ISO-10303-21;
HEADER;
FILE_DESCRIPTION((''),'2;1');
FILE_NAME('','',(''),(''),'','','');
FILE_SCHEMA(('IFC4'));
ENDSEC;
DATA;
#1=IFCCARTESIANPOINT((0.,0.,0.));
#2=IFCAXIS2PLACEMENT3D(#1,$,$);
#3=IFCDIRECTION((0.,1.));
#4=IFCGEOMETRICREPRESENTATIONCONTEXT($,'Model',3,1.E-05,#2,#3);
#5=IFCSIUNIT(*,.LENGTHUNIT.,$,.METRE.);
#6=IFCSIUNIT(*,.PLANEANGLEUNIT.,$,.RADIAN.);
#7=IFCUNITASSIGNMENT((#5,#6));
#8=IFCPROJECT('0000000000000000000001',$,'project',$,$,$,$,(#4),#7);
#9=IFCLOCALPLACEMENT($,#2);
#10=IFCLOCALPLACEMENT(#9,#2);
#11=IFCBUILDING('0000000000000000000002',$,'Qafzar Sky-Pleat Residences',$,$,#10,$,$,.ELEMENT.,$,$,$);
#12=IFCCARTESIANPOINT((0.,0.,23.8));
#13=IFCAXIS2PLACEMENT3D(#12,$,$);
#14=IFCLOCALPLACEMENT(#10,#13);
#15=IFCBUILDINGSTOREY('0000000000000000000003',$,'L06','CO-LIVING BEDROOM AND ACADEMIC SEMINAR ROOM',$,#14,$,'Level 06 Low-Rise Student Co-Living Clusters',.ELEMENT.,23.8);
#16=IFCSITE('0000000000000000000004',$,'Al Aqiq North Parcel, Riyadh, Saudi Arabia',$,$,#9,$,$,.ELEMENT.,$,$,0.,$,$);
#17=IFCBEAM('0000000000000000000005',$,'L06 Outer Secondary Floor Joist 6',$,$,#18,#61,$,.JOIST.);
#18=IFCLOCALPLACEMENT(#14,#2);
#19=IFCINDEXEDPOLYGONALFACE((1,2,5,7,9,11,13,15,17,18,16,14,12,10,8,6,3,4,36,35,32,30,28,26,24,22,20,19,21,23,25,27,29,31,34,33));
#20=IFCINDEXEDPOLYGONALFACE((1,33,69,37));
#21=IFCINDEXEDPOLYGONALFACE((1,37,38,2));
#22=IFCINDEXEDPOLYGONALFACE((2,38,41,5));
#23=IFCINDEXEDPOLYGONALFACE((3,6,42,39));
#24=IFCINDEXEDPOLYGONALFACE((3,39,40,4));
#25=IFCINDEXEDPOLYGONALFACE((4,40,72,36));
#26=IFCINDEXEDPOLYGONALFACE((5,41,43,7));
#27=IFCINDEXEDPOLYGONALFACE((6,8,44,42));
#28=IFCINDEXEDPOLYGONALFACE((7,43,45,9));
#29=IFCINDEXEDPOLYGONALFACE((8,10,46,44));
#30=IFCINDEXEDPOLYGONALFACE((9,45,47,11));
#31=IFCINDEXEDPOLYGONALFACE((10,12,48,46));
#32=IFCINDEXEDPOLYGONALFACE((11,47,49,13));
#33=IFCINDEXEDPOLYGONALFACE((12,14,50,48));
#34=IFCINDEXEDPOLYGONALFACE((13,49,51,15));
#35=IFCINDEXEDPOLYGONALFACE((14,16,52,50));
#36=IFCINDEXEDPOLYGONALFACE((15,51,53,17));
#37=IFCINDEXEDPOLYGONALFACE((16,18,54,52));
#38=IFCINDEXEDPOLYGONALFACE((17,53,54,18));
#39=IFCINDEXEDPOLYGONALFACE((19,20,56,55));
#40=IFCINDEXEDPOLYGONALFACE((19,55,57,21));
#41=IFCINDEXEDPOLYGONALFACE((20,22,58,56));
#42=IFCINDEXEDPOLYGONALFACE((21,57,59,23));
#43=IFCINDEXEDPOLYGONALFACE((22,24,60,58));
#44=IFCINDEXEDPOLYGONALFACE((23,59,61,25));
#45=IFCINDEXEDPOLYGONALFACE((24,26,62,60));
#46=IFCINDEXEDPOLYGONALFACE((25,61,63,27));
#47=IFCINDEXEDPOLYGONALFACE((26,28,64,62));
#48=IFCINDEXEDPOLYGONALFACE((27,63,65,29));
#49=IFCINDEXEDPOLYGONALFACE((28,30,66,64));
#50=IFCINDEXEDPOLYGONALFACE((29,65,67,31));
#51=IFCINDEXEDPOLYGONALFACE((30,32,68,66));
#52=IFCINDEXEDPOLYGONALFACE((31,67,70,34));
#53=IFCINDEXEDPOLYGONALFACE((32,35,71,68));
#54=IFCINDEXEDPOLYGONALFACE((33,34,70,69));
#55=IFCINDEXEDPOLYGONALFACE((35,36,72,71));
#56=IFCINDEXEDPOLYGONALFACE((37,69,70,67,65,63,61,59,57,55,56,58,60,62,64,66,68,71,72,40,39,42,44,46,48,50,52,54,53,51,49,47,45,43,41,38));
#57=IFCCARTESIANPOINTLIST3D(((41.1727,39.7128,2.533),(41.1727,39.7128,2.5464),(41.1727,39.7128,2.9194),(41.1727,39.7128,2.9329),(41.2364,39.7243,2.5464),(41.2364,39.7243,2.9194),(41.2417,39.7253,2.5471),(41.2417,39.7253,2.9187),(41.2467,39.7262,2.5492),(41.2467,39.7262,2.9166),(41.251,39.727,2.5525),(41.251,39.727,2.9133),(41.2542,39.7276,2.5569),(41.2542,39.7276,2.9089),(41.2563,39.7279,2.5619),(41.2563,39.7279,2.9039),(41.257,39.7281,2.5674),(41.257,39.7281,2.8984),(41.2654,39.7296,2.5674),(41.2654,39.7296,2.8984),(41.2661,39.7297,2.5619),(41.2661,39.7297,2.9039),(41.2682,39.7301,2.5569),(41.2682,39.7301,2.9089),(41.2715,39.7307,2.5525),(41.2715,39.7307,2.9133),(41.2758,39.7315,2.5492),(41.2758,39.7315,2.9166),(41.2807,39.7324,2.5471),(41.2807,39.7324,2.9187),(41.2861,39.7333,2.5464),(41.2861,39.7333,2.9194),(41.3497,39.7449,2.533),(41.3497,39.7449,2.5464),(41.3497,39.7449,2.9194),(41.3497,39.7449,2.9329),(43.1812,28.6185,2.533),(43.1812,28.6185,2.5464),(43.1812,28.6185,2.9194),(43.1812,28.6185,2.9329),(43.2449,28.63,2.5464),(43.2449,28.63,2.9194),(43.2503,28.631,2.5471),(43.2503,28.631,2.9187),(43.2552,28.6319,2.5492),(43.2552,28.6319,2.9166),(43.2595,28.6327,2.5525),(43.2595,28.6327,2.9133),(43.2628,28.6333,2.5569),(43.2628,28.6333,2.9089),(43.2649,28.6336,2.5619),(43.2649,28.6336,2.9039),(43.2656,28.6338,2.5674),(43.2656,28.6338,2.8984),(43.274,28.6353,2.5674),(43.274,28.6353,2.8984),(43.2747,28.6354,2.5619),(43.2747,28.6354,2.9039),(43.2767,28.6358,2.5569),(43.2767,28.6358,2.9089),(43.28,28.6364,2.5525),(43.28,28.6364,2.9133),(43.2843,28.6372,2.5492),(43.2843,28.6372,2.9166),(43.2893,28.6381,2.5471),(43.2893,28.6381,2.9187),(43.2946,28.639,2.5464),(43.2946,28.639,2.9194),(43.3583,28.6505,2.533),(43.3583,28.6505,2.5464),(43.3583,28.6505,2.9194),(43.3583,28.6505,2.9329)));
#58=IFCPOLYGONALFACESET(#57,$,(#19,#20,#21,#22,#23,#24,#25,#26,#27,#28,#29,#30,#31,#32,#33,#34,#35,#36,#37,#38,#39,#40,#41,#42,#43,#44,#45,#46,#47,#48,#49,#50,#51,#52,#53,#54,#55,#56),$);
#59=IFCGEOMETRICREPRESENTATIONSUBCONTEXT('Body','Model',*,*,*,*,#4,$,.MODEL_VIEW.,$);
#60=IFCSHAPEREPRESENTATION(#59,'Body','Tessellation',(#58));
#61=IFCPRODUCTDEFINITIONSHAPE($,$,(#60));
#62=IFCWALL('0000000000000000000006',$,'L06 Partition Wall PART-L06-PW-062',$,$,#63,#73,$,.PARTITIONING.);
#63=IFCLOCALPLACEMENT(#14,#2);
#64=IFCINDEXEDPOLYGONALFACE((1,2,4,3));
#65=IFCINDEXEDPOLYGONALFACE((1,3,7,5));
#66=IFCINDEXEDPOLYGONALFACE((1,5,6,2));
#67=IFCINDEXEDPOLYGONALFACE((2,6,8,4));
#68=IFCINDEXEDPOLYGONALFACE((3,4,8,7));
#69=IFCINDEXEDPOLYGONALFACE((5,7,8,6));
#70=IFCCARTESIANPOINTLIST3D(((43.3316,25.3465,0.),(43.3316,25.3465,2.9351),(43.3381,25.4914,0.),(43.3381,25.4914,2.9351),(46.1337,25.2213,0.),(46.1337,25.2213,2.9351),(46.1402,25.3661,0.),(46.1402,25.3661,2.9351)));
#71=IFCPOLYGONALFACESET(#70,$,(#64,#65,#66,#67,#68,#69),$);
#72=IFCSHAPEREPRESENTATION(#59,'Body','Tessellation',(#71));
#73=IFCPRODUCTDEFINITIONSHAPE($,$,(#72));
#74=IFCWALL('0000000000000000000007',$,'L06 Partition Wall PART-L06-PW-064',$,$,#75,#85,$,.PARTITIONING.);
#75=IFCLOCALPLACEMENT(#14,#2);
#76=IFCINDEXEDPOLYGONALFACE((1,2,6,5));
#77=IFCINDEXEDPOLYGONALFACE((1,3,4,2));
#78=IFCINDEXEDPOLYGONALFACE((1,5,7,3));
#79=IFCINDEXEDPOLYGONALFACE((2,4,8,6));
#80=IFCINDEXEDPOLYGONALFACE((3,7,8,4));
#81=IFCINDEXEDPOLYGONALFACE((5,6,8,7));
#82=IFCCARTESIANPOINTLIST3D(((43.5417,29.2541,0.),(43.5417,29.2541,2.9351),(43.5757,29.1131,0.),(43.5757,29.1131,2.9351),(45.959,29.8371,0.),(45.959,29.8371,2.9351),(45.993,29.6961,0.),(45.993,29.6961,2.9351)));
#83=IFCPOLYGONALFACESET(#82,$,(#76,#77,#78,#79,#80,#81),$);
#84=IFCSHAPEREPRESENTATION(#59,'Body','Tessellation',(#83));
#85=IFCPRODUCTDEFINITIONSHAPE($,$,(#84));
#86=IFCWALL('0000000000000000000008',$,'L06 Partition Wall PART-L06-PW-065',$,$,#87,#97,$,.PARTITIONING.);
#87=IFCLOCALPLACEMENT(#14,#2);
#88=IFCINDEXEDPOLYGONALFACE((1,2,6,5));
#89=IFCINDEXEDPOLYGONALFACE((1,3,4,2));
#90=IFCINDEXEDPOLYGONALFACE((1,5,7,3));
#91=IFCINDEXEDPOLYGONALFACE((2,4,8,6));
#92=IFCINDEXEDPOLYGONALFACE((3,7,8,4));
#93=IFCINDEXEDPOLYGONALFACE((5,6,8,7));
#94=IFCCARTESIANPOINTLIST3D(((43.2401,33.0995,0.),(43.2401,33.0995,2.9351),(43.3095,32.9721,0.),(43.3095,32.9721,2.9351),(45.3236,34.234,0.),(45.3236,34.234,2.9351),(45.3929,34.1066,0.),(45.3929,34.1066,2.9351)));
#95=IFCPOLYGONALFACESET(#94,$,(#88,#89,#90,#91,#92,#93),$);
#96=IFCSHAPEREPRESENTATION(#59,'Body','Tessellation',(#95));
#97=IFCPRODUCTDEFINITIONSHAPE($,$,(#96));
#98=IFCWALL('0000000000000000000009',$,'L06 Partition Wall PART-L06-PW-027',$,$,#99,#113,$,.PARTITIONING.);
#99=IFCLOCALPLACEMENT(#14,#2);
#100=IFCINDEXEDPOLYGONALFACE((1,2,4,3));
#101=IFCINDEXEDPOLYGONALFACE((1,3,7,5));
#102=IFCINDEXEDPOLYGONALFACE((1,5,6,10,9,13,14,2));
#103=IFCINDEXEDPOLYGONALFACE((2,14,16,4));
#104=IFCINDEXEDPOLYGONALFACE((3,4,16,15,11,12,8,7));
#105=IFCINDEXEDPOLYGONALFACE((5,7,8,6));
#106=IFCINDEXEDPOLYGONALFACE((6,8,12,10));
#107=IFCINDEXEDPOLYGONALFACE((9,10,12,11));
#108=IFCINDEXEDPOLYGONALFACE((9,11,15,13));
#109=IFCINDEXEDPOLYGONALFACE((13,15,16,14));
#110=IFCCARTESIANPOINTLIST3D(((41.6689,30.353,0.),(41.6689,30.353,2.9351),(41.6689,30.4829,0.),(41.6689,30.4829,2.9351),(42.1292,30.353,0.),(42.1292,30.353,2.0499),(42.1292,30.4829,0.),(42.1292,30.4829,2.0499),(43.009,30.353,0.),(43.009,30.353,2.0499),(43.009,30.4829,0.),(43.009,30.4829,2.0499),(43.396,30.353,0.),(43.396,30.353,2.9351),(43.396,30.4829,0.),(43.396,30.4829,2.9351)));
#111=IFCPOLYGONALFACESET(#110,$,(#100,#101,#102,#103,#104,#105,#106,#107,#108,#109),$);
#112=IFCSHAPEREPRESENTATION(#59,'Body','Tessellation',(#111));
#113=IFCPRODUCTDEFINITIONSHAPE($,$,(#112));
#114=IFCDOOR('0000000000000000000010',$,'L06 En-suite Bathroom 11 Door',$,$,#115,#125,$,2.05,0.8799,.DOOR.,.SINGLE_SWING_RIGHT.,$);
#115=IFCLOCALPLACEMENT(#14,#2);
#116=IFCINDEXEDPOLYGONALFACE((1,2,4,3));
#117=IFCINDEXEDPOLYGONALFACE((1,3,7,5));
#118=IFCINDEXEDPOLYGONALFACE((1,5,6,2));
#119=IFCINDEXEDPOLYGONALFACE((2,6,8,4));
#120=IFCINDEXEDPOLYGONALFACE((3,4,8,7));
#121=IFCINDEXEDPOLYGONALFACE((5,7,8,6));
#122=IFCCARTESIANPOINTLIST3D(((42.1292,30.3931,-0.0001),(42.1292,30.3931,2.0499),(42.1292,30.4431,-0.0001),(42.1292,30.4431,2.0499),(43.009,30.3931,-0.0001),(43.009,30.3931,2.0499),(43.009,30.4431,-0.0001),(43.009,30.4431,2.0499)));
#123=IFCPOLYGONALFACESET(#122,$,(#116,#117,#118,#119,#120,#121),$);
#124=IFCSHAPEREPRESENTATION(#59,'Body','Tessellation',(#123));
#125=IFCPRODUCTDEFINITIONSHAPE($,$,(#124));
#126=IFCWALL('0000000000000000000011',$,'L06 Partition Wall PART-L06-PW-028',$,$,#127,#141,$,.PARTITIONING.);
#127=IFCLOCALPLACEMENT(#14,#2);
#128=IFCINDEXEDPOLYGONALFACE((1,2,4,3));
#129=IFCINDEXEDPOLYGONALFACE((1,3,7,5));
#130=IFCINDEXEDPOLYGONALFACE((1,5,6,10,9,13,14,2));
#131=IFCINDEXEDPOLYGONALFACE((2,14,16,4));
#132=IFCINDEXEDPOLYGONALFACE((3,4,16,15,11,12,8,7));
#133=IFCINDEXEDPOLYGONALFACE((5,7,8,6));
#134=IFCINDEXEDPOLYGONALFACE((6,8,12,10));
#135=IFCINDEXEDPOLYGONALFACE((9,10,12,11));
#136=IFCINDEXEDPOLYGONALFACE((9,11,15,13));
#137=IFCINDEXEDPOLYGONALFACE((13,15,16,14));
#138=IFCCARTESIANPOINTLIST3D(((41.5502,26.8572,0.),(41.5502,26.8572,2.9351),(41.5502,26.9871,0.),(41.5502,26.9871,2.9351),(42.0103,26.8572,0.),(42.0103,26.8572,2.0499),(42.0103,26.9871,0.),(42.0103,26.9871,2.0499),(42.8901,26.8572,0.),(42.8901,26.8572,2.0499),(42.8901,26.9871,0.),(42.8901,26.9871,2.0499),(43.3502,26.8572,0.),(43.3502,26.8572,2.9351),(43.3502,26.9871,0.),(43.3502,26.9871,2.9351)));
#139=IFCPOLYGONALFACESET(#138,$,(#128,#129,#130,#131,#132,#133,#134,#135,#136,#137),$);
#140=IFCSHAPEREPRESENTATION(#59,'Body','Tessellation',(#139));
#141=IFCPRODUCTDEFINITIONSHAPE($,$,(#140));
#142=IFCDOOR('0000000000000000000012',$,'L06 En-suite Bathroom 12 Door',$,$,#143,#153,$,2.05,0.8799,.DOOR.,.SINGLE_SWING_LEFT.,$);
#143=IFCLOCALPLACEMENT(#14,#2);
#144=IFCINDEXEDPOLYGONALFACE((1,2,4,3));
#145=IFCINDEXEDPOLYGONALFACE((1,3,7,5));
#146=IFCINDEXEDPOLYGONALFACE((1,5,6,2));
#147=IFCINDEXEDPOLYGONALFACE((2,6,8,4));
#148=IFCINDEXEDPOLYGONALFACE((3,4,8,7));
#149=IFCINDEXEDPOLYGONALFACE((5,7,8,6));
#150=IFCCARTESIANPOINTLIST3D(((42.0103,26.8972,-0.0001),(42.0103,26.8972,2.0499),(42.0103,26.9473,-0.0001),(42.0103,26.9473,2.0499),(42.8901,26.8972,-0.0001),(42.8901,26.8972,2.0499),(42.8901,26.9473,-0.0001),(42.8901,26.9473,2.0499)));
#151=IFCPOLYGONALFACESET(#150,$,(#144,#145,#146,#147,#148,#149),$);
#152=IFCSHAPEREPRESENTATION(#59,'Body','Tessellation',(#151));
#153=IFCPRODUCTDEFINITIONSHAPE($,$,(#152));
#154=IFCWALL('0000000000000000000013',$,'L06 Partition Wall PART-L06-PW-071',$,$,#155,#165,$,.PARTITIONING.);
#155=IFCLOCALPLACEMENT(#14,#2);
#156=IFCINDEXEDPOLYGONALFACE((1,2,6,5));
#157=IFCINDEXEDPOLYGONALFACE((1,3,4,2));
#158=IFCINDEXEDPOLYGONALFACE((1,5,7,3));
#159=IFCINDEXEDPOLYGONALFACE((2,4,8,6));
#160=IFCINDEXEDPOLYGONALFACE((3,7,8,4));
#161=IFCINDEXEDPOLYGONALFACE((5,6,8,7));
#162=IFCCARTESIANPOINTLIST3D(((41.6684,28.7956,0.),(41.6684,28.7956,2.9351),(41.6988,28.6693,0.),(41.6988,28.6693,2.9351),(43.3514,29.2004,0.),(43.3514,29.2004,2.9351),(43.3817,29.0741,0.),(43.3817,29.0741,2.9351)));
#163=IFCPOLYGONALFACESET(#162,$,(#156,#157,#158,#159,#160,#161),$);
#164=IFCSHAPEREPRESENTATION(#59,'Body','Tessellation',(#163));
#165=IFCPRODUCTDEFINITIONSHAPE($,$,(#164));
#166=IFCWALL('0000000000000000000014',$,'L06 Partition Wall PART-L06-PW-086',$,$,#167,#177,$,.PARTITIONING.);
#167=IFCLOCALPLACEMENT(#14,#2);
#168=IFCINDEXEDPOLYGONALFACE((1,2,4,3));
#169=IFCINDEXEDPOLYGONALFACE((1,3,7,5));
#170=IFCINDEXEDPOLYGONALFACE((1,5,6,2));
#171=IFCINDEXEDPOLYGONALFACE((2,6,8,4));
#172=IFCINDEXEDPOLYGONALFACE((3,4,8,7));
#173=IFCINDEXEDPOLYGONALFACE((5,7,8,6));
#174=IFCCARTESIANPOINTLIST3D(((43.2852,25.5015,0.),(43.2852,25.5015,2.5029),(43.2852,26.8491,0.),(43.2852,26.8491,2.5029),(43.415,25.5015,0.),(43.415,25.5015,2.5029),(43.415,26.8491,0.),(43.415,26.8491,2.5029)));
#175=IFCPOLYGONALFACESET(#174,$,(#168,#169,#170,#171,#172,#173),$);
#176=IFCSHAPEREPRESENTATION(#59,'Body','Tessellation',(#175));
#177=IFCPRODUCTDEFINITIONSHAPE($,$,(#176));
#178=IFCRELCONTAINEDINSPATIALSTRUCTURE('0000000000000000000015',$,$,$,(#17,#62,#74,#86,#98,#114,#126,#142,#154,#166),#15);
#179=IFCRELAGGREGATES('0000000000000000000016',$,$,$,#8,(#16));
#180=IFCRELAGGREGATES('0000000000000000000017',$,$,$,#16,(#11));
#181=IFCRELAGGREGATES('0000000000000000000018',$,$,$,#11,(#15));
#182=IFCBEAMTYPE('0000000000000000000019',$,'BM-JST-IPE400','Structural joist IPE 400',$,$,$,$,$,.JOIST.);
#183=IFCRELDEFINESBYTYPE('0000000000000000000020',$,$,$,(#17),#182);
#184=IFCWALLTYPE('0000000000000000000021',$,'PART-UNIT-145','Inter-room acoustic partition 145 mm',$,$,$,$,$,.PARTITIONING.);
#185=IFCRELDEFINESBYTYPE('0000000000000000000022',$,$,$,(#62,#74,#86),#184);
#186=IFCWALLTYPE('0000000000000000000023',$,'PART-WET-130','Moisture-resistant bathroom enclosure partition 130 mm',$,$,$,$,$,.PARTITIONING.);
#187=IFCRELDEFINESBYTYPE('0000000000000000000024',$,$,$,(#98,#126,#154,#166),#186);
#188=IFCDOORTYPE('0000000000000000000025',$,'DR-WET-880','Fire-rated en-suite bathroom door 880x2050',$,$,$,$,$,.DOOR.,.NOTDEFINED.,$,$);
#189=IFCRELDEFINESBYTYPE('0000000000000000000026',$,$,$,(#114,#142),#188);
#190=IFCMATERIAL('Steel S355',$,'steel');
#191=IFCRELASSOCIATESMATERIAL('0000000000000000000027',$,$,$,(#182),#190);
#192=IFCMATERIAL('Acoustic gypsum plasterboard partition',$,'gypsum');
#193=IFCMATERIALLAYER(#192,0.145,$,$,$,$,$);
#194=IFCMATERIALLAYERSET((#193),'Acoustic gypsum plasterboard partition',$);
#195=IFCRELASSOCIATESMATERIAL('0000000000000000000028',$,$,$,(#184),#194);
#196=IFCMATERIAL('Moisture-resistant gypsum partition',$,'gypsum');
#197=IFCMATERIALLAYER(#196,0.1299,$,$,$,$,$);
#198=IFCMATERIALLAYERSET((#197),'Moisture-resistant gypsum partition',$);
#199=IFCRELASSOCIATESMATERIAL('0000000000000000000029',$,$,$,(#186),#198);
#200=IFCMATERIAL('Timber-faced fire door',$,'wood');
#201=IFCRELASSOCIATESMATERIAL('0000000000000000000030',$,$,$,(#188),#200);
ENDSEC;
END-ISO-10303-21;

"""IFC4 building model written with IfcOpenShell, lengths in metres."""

from ifc_helpers import new_model, si_unit, direction, frame, frame_2d, origin, origin_2d, place, context, subcontext, project, spatial, rectangle, i_section, extrude, source, transform, mapped, material, layer, layer_set, material_profile, profile_set, type_object, element, fill, save


model = new_model("IFC4")

# Units and contexts
model_context = context("Model", 3, precision=1e-05, world=origin(), true_north=direction((0.0, 1.0)))
body_context = subcontext(model_context, "Body", "Model", "MODEL_VIEW")
ifc_project = project(units=[si_unit("LENGTHUNIT", "METRE"), si_unit("PLANEANGLEUNIT", "RADIAN")], contexts=[model_context])

# Site, building, storey
site_placement = place(None, origin())
site = spatial("IfcSite", under=ifc_project, at=site_placement, Name="Al Aqiq North Parcel, Riyadh, Saudi Arabia", CompositionType="ELEMENT", RefElevation=0.0)
building_placement = place(site_placement, origin())
building = spatial("IfcBuilding", under=site, at=building_placement, Name="Qafzar Sky-Pleat Residences", CompositionType="ELEMENT")
storey_placement = place(building_placement, frame((0.0, 0.0, 23.8)))
storey = spatial("IfcBuildingStorey", under=building, at=storey_placement, Name="L06", Description="CO-LIVING BEDROOM AND ACADEMIC SEMINAR ROOM", LongName="Level 06 Low-Rise Student Co-Living Clusters", CompositionType="ELEMENT", Elevation=23.8)

# Beam
ifc_material_1 = material(Name="Steel S355", Category="steel")
ifc_material_profile_1 = material_profile(ifc_material_1, i_section(OverallWidth=0.1799, OverallDepth=0.3999, WebThickness=0.0085, FlangeThickness=0.0134, FilletRadius=0.021, at=origin_2d()), Name="IPE 400")
ifc_profile_set_1 = profile_set([ifc_material_profile_1], Name="Steel S355")
beam_type_1 = type_object("IfcBeamType", Name="BM-JST-IPE400", Description="Structural joist IPE 400", PredefinedType="JOIST", material=ifc_profile_set_1)
shared_shape_1 = source(origin(), body_context, "Body", "SweptSolid", [
    extrude(i_section(OverallWidth=0.1799, OverallDepth=0.3999, WebThickness=0.0085, FlangeThickness=0.0134, FilletRadius=0.021, at=origin_2d()), origin(), (0.0, 0.0, 1.0), 11.2747),
])
beam_1_placement = place(storey_placement, frame((43.2698, 28.6345, 2.7329), z_axis=(-0.178148, 0.984004, 0.0), x_axis=(-0.984004, -0.178148, 0.0)))
element("IfcBeam", 1, at=beam_1_placement, inside=storey, type_object=beam_type_1, Name="L06 Outer Secondary Floor Joist 6", PredefinedType="JOIST", context=body_context, shape_type="MappedRepresentation", body=[
    mapped(shared_shape_1, transform((0.0, 0.0, 0.0), x_axis=(1.0, 0.0, 0.0), y_axis=(0.0, 1.0, 0.0), z_axis=(0.0, 0.0, 1.0), scale=1.0)),
])

# Walls
ifc_material_2 = material(Name="Acoustic gypsum plasterboard partition", Category="gypsum")
ifc_layer_1 = layer(ifc_material_2, 0.145)
ifc_layer_set_1 = layer_set([ifc_layer_1], Name="Acoustic gypsum plasterboard partition")
wall_type_1 = type_object("IfcWallType", Name="PART-UNIT-145", Description="Inter-room acoustic partition 145 mm", PredefinedType="PARTITIONING", material=ifc_layer_set_1)
wall_1_placement = place(storey_placement, frame((43.335, 25.4189, 0.0), z_axis=(0.0, 0.0, 1.0), x_axis=(0.999003, -0.04465, 0.0)))
element("IfcWall", 2, at=wall_1_placement, inside=storey, type_object=wall_type_1, Name="L06 Partition Wall PART-L06-PW-062", PredefinedType="PARTITIONING", context=body_context, shape_type="SweptSolid", body=[
    extrude(rectangle(XDim=2.8049, YDim=0.145, at=frame_2d((1.4023, 0.0))), origin(), (0.0, 0.0, 1.0), 2.9351),
])
wall_2_placement = place(storey_placement, frame((43.5588, 29.1836, 0.0), z_axis=(0.0, 0.0, 1.0), x_axis=(0.972125, 0.234465, 0.0)))
element("IfcWall", 3, at=wall_2_placement, inside=storey, type_object=wall_type_1, Name="L06 Partition Wall PART-L06-PW-064", PredefinedType="PARTITIONING", context=body_context, shape_type="SweptSolid", body=[
    extrude(rectangle(XDim=2.4866, YDim=0.145, at=frame_2d((1.2432, 0.0))), origin(), (0.0, 0.0, 1.0), 2.9351),
])
wall_3_placement = place(storey_placement, frame((43.2749, 33.0359, 0.0), z_axis=(0.0, 0.0, 1.0), x_axis=(0.878238, 0.478225, 0.0)))
element("IfcWall", 4, at=wall_3_placement, inside=storey, type_object=wall_type_1, Name="L06 Partition Wall PART-L06-PW-065", PredefinedType="PARTITIONING", context=body_context, shape_type="SweptSolid", body=[
    extrude(rectangle(XDim=2.3723, YDim=0.145, at=frame_2d((1.186, 0.0))), origin(), (0.0, 0.0, 1.0), 2.9351),
])

# Walls, openings, doors
ifc_material_3 = material(Name="Moisture-resistant gypsum partition", Category="gypsum")
ifc_layer_2 = layer(ifc_material_3, 0.1299)
ifc_layer_set_2 = layer_set([ifc_layer_2], Name="Moisture-resistant gypsum partition")
wall_type_2 = type_object("IfcWallType", Name="PART-WET-130", Description="Moisture-resistant bathroom enclosure partition 130 mm", PredefinedType="PARTITIONING", material=ifc_layer_set_2)
wall_4_placement = place(storey_placement, frame((43.396, 30.418, 0.0), z_axis=(0.0, 0.0, 1.0), x_axis=(-1.0, 0.0, 0.0)))
wall_4 = element("IfcWall", 5, at=wall_4_placement, inside=storey, type_object=wall_type_2, Name="L06 Partition Wall PART-L06-PW-027", PredefinedType="PARTITIONING", context=body_context, shape_type="SweptSolid", body=[
    extrude(rectangle(XDim=1.7271, YDim=0.1299, at=frame_2d((0.8635, 0.0))), origin(), (0.0, 0.0, 1.0), 2.9351),
])
opening_1_placement = place(wall_4_placement, frame((0.387, 0.0, 0.0)))
opening_1 = element("IfcOpeningElement", 6, at=opening_1_placement, cuts=wall_4, PredefinedType="OPENING", context=body_context, shape_type="SweptSolid", body=[
    extrude(rectangle(XDim=0.8799, YDim=2.05, at=frame_2d((0.4399, 1.0249))), frame((0.0, 0.075, 0.0), z_axis=(0.0, -1.0, 0.0), x_axis=(1.0, 0.0, 0.0)), (0.0, 0.0, 1.0), 0.1499),
])
ifc_material_4 = material(Name="Timber-faced fire door", Category="wood")
door_type = type_object("IfcDoorType", Name="DR-WET-880", Description="Fire-rated en-suite bathroom door 880x2050", OperationType="NOTDEFINED", PredefinedType="DOOR", material=ifc_material_4)
shared_shape_2 = source(origin(), body_context, "Body", "SweptSolid", [
    extrude(rectangle(XDim=0.8799, YDim=2.05, at=frame_2d((0.4399, 1.0249))), frame((0.0, 0.0249, 0.0), z_axis=(0.0, -1.0, 0.0), x_axis=(1.0, 0.0, 0.0)), (0.0, 0.0, 1.0), 0.05),
])
door_1_placement = place(opening_1_placement, origin())
door_1 = element("IfcDoor", 7, at=door_1_placement, inside=storey, type_object=door_type, Name="L06 En-suite Bathroom 11 Door", OperationType="SINGLE_SWING_RIGHT", OverallHeight=2.05, OverallWidth=0.8799, PredefinedType="DOOR", context=body_context, shape_type="MappedRepresentation", body=[
    mapped(shared_shape_2, transform((0.0, 0.0, 0.0), x_axis=(1.0, 0.0, 0.0), y_axis=(0.0, 1.0, 0.0), z_axis=(0.0, 0.0, 1.0), scale=1.0)),
])
fill(opening_1, door_1)
wall_5_placement = place(storey_placement, frame((43.3501, 26.9221, 0.0), z_axis=(0.0, 0.0, 1.0), x_axis=(-1.0, 0.0, 0.0)))
wall_5 = element("IfcWall", 8, at=wall_5_placement, inside=storey, type_object=wall_type_2, Name="L06 Partition Wall PART-L06-PW-028", PredefinedType="PARTITIONING", context=body_context, shape_type="SweptSolid", body=[
    extrude(rectangle(XDim=1.8, YDim=0.1299, at=frame_2d((0.8999, 0.0))), origin(), (0.0, 0.0, 1.0), 2.9351),
])
opening_2_placement = place(wall_5_placement, frame((0.46, 0.0, 0.0)))
opening_2 = element("IfcOpeningElement", 9, at=opening_2_placement, cuts=wall_5, PredefinedType="OPENING", context=body_context, shape_type="SweptSolid", body=[
    extrude(rectangle(XDim=0.8799, YDim=2.05, at=frame_2d((0.4399, 1.0249))), frame((0.0, 0.075, 0.0), z_axis=(0.0, -1.0, 0.0), x_axis=(1.0, 0.0, 0.0)), (0.0, 0.0, 1.0), 0.1499),
])
door_2_placement = place(opening_2_placement, origin())
door_2 = element("IfcDoor", 10, at=door_2_placement, inside=storey, type_object=door_type, Name="L06 En-suite Bathroom 12 Door", OperationType="SINGLE_SWING_LEFT", OverallHeight=2.05, OverallWidth=0.8799, PredefinedType="DOOR", context=body_context, shape_type="MappedRepresentation", body=[
    mapped(shared_shape_2, transform((0.0, 0.0, 0.0), x_axis=(1.0, 0.0, 0.0), y_axis=(0.0, 1.0, 0.0), z_axis=(0.0, 0.0, 1.0), scale=1.0)),
])
fill(opening_2, door_2)

# Walls
wall_6_placement = place(storey_placement, frame((41.6836, 28.7324, 0.0), z_axis=(0.0, 0.0, 1.0), x_axis=(0.972269, 0.233864, 0.0)))
element("IfcWall", 11, at=wall_6_placement, inside=storey, type_object=wall_type_2, Name="L06 Partition Wall PART-L06-PW-071", PredefinedType="PARTITIONING", context=body_context, shape_type="SweptSolid", body=[
    extrude(rectangle(XDim=1.731, YDim=0.1299, at=frame_2d((0.8655, 0.0))), origin(), (0.0, 0.0, 1.0), 2.9351),
])
wall_7_placement = place(storey_placement, frame((43.3501, 25.5015, 0.0), z_axis=(0.0, 0.0, 1.0), x_axis=(0.0, 1.0, 0.0)))
element("IfcWall", 12, at=wall_7_placement, inside=storey, type_object=wall_type_2, Name="L06 Partition Wall PART-L06-PW-086", PredefinedType="PARTITIONING", context=body_context, shape_type="SweptSolid", body=[
    extrude(rectangle(XDim=1.3477, YDim=0.1299, at=frame_2d((0.6738, 0.0))), origin(), (0.0, 0.0, 1.0), 2.5029),
])

save(model, "model.ifc")
